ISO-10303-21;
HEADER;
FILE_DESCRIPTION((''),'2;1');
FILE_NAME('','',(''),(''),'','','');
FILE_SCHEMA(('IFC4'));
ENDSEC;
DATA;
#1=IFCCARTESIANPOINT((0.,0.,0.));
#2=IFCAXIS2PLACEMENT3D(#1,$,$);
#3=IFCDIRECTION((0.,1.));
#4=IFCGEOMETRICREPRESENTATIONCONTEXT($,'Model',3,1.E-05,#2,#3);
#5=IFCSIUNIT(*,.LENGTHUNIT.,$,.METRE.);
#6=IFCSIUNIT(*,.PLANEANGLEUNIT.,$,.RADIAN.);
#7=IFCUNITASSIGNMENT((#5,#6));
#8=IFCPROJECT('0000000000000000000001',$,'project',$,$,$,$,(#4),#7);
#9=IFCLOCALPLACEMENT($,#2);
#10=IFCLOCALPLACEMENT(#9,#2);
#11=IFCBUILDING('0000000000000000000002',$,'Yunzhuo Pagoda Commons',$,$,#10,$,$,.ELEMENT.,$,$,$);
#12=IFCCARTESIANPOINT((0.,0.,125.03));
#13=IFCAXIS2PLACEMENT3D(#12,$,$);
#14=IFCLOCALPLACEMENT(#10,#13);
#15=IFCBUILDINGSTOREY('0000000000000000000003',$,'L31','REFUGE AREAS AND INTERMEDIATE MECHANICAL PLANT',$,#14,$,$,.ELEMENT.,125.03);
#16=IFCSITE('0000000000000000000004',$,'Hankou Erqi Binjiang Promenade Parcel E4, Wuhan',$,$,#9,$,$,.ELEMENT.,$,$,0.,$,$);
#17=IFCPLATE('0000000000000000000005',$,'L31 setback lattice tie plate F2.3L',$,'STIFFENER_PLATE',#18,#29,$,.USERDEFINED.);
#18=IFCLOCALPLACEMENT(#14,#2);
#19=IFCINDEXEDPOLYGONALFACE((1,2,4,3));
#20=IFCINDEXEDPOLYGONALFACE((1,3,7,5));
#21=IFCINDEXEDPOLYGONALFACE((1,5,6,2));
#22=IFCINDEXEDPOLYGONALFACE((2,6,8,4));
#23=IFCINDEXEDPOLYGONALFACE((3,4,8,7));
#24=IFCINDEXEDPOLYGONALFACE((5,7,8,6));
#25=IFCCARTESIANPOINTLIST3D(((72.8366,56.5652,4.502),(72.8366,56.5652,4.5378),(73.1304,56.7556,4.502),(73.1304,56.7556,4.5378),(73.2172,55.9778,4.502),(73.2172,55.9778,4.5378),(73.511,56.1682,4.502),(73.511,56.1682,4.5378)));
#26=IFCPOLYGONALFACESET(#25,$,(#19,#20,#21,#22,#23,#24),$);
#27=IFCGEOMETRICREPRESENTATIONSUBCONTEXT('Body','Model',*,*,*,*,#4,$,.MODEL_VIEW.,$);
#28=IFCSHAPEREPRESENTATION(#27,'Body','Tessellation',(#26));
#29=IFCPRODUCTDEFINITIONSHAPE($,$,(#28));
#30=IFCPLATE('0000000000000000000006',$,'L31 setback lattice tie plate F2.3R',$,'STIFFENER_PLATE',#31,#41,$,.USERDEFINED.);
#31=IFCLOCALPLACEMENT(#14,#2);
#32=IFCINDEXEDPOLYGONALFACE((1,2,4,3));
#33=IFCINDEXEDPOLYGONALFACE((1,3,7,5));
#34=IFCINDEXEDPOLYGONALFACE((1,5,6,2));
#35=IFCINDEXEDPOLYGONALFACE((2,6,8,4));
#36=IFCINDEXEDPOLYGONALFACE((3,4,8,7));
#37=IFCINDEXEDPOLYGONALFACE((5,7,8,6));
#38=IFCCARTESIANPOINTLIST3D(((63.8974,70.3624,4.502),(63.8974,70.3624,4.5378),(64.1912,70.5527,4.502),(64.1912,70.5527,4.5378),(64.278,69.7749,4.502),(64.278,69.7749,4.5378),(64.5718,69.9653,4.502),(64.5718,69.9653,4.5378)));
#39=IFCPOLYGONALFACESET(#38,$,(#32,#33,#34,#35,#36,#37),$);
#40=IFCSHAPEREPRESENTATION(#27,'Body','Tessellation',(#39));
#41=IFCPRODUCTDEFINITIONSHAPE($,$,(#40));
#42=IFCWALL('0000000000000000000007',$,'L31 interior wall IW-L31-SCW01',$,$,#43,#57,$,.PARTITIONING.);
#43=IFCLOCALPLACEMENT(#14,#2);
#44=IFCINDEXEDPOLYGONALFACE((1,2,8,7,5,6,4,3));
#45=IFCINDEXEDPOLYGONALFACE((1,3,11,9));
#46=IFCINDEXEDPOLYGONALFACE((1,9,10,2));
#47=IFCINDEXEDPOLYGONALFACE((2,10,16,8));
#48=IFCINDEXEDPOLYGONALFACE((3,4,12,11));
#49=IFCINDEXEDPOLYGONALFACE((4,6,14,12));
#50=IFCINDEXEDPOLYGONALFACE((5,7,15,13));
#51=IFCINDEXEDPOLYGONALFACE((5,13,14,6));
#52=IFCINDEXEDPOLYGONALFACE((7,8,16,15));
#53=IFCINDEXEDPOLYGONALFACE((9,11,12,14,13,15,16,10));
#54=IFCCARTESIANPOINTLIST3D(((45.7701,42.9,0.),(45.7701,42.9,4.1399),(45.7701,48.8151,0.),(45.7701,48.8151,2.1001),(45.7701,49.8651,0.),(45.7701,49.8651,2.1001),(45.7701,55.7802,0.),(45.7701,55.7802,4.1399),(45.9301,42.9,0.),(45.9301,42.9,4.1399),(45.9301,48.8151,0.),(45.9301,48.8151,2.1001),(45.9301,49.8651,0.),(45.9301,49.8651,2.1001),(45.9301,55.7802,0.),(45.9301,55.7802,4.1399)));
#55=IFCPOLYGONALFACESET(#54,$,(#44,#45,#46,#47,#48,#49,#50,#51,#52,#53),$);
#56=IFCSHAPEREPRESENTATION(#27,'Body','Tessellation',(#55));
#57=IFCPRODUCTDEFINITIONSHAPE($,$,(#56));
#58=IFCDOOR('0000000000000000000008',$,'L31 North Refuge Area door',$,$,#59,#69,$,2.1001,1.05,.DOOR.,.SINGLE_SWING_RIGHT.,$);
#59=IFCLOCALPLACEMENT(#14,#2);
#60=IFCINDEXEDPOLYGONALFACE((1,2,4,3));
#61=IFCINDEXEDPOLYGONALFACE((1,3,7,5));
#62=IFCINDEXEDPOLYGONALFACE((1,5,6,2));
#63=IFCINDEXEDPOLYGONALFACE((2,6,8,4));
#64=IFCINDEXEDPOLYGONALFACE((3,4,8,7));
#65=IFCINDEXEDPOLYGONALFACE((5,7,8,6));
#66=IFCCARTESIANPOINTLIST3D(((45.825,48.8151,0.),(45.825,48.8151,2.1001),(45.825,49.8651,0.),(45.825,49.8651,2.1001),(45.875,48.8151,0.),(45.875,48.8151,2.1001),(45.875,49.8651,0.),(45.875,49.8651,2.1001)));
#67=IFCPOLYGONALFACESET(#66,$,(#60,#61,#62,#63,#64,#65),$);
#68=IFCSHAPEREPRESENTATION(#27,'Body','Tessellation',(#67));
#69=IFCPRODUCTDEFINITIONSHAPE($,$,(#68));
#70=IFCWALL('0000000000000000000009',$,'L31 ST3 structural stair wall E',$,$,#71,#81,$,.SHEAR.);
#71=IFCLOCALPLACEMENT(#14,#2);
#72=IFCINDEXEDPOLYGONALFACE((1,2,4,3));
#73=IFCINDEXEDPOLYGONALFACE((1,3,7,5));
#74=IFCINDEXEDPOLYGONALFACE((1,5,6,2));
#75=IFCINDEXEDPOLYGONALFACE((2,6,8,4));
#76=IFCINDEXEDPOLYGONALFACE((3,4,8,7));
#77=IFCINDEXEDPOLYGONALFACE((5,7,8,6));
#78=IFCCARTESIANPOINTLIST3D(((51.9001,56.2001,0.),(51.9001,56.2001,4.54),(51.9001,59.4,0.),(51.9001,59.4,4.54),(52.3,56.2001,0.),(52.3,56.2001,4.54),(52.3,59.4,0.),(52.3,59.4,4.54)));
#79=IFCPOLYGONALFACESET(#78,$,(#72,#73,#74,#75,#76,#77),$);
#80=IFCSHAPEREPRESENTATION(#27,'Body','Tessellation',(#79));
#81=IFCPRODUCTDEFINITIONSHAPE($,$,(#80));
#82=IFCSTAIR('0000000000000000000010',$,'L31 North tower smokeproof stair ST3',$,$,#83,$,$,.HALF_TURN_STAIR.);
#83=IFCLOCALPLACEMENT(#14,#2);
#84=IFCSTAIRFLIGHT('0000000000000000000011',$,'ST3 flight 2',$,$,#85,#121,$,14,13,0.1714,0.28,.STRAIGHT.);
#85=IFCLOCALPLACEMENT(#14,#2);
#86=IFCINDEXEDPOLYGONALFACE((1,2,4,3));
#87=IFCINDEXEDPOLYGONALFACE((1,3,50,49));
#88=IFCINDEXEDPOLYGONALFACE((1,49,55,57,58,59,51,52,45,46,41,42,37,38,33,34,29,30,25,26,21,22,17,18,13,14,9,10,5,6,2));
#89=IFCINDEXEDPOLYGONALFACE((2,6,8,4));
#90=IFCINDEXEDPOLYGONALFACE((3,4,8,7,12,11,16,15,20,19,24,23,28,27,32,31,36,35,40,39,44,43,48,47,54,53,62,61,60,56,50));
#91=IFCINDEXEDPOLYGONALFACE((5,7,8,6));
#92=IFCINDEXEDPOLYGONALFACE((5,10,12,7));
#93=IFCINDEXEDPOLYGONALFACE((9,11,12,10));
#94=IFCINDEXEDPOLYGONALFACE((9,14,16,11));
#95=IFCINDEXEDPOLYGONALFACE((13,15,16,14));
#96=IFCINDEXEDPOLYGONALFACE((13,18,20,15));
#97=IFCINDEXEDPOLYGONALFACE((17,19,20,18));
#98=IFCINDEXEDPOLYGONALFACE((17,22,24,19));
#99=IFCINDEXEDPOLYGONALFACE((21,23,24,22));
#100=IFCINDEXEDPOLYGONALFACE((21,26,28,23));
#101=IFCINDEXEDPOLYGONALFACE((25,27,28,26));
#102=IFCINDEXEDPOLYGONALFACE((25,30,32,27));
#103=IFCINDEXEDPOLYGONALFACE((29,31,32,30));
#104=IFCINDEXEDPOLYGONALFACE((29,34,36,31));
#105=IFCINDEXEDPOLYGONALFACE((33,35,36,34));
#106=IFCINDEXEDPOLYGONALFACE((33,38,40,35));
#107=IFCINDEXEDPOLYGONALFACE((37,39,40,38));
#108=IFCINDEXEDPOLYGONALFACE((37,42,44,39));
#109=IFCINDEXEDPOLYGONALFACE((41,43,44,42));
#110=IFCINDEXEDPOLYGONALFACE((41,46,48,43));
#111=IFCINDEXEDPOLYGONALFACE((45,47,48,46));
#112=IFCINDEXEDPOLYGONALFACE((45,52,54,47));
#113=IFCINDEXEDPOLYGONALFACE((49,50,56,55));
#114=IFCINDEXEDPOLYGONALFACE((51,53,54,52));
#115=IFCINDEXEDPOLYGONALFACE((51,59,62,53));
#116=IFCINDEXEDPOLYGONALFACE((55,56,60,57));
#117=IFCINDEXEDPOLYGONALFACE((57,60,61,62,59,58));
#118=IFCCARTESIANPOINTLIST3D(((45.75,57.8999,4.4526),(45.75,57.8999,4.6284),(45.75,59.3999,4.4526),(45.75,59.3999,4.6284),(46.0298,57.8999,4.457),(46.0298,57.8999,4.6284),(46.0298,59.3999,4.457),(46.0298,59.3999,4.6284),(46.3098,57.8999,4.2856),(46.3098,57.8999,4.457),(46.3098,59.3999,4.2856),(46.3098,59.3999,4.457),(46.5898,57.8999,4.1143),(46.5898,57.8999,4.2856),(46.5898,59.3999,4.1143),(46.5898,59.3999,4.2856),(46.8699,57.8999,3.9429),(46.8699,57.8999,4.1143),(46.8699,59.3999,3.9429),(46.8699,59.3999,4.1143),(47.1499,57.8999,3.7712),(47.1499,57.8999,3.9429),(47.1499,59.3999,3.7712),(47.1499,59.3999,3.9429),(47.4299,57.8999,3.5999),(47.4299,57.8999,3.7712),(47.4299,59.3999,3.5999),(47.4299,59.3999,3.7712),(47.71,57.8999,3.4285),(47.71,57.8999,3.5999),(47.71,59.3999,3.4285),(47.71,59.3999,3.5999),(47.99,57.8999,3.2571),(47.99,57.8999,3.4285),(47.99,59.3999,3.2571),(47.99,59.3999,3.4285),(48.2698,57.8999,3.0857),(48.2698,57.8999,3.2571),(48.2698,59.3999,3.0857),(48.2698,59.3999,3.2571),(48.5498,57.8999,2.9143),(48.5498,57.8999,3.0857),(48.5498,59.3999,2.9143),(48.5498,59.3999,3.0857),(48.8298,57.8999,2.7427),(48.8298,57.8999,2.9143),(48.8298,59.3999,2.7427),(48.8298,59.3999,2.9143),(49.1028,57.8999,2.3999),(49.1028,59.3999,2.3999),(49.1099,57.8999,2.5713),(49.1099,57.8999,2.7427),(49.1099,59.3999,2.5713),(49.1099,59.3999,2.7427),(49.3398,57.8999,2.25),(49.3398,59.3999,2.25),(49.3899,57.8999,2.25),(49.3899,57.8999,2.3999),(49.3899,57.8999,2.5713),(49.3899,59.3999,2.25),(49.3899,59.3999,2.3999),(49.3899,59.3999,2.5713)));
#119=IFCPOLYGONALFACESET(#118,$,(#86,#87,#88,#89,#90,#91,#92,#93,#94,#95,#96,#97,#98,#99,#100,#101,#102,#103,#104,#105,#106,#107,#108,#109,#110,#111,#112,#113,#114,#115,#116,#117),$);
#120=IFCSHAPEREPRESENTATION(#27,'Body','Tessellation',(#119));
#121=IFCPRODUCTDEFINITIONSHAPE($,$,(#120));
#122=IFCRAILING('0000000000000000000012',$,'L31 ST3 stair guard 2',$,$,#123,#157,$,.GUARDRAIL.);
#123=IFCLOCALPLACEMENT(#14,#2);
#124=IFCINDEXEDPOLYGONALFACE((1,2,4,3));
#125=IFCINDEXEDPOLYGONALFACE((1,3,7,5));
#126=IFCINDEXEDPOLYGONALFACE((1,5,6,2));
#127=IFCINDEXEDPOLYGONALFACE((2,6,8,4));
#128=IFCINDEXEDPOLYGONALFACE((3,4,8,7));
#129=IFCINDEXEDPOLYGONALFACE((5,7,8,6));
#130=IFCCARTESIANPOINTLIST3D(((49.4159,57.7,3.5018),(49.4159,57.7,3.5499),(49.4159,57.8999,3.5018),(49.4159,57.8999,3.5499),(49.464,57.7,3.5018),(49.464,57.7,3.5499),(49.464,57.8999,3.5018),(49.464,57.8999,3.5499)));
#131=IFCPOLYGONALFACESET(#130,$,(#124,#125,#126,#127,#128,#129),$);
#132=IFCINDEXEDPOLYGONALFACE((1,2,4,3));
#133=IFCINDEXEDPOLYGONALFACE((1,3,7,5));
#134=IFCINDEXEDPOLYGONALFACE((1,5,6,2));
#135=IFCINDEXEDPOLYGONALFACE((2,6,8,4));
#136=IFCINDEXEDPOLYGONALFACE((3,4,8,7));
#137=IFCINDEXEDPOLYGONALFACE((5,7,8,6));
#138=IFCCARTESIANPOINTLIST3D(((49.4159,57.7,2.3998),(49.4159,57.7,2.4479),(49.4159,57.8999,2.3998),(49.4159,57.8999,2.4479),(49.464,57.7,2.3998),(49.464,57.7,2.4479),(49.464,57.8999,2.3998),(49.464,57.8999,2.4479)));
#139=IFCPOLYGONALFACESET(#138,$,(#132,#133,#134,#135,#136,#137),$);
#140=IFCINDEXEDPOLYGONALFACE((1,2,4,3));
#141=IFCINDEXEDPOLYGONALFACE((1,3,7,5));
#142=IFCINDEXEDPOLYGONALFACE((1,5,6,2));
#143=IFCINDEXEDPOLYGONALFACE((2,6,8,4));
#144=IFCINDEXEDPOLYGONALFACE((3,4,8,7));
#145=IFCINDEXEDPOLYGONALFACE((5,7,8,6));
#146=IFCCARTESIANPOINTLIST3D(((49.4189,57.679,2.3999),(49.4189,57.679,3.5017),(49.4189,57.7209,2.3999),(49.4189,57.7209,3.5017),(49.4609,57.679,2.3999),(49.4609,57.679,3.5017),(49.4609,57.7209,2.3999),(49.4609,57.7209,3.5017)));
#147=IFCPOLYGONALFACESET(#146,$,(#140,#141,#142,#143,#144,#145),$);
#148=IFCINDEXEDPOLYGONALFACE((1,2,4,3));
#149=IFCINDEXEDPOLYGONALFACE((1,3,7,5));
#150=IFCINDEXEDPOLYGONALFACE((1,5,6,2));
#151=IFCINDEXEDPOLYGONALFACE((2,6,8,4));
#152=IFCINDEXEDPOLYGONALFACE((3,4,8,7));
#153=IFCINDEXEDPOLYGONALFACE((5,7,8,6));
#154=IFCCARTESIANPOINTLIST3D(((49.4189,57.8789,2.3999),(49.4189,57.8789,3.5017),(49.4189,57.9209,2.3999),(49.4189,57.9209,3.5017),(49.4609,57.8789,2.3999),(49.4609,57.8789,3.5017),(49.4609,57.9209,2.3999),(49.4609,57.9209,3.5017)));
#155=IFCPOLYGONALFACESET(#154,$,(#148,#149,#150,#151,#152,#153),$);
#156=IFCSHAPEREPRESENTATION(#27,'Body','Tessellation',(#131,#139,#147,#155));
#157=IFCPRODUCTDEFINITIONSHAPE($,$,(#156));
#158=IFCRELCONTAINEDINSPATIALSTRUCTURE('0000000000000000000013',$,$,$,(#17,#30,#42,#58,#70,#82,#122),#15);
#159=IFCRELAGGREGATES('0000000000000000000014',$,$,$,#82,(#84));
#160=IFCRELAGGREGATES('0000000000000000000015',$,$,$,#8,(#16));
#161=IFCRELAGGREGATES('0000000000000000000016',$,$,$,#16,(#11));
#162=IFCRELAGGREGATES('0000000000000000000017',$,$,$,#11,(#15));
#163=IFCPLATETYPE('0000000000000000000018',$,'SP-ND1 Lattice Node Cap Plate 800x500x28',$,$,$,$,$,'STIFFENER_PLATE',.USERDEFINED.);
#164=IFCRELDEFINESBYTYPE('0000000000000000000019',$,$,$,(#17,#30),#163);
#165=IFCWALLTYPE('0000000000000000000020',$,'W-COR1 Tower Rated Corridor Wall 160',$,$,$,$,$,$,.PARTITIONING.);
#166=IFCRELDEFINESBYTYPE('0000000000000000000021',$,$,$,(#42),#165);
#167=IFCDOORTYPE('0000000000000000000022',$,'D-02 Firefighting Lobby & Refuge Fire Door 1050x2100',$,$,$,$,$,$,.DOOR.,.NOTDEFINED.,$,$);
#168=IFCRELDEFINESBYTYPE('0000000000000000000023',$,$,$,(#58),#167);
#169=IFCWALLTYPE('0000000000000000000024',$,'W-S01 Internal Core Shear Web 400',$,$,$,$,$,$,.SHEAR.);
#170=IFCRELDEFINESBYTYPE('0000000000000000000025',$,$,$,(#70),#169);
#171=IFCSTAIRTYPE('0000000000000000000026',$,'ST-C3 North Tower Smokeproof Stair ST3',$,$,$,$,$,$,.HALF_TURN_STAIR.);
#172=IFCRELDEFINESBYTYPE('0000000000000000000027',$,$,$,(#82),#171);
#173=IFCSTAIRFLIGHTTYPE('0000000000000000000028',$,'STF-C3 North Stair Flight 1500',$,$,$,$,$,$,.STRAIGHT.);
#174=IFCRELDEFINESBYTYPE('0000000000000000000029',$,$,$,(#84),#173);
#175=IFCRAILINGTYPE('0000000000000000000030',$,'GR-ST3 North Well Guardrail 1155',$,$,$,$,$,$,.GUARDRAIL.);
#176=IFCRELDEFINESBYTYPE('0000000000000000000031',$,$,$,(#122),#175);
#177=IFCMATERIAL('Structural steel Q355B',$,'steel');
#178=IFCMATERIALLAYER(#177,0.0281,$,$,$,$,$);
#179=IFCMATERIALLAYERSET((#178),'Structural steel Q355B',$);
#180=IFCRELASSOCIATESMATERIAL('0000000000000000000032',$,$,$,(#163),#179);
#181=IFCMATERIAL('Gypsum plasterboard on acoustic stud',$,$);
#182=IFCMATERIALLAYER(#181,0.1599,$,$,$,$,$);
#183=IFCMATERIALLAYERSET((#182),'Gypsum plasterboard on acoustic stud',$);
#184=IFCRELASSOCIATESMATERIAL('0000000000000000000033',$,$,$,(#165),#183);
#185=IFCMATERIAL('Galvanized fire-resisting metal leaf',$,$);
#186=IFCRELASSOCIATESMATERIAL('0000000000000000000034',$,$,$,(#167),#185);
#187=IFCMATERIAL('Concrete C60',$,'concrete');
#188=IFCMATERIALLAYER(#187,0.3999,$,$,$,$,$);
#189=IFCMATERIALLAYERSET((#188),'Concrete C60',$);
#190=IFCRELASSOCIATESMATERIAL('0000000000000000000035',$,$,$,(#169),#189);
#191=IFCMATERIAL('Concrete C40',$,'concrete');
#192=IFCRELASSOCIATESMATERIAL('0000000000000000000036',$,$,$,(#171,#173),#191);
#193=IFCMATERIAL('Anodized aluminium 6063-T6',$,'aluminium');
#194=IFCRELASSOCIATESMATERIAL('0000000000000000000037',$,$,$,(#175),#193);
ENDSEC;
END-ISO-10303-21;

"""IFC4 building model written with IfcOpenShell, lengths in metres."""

from ifc_helpers import new_model, si_unit, direction, frame, frame_2d, origin, origin_with_axes, origin_2d, place, context, subcontext, project, spatial, polyline, rectangle, outline, extrude, source, transform, mapped, material, layer, layer_set, type_object, element, fill, aggregate, save


model = new_model("IFC4")

# Units and contexts
model_context = context("Model", 3, precision=1e-05, world=origin(), true_north=direction((0.0, 1.0)))
body_context = subcontext(model_context, "Body", "Model", "MODEL_VIEW")
ifc_project = project(units=[si_unit("LENGTHUNIT", "METRE"), si_unit("PLANEANGLEUNIT", "RADIAN")], contexts=[model_context])

# Site, building, storey
site_placement = place(None, origin())
site = spatial("IfcSite", under=ifc_project, at=site_placement, Name="Hankou Erqi Binjiang Promenade Parcel E4, Wuhan", CompositionType="ELEMENT", RefElevation=0.0)
building_placement = place(site_placement, origin())
building = spatial("IfcBuilding", under=site, at=building_placement, Name="Yunzhuo Pagoda Commons", CompositionType="ELEMENT")
storey_placement = place(building_placement, frame((0.0, 0.0, 125.03)))
storey = spatial("IfcBuildingStorey", under=building, at=storey_placement, Name="L31", Description="REFUGE AREAS AND INTERMEDIATE MECHANICAL PLANT", CompositionType="ELEMENT", Elevation=125.03)

# Shared definitions
ifc_material_1 = material(Name="Structural steel Q355B", Category="steel")

# Plates
ifc_layer_1 = layer(ifc_material_1, 0.0281)
ifc_layer_set_1 = layer_set([ifc_layer_1], Name="Structural steel Q355B")
plate_type_1 = type_object("IfcPlateType", Name="SP-ND1 Lattice Node Cap Plate 800x500x28", ElementType="STIFFENER_PLATE", PredefinedType="USERDEFINED", material=ifc_layer_set_1)
shared_shape_1 = source(origin(), body_context, "Body", "SweptSolid", [
    extrude(rectangle(XDim=0.7, YDim=0.3501, at=origin_2d()), origin(), (0.0, 0.0, 1.0), 0.0359),
])
for number, where, z_axis, x_axis, name in (
    (1, (73.1738, 56.3667, 4.502), (0.0, 0.0, 1.0), (-0.543746, 0.83925, 0.0), "L31 setback lattice tie plate F2.3L"),
    (2, (64.2346, 70.1638, 4.502), (0.0, 0.0, 1.0), (-0.543746, 0.83925, 0.0), "L31 setback lattice tie plate F2.3R"),
):
    element("IfcPlate", number, at=place(storey_placement, frame(where, z_axis=z_axis, x_axis=x_axis)), inside=storey, type_object=plate_type_1, Name=name, ObjectType="STIFFENER_PLATE", PredefinedType="USERDEFINED", context=body_context, shape_type="MappedRepresentation", body=[
        mapped(shared_shape_1, transform((0.0, 0.0, 0.0), scale=1.0)),
    ])

# Wall, opening, door
ifc_material_2 = material(Name="Gypsum plasterboard on acoustic stud")
ifc_layer_2 = layer(ifc_material_2, 0.1599)
ifc_layer_set_2 = layer_set([ifc_layer_2], Name="Gypsum plasterboard on acoustic stud")
wall_type_1 = type_object("IfcWallType", Name="W-COR1 Tower Rated Corridor Wall 160", PredefinedType="PARTITIONING", material=ifc_layer_set_2)
wall_1_placement = place(storey_placement, frame((45.8501, 55.78, 0.0), z_axis=(0.0, 0.0, 1.0), x_axis=(0.0, -1.0, 0.0)))
wall_1 = element("IfcWall", 3, at=wall_1_placement, inside=storey, type_object=wall_type_1, Name="L31 interior wall IW-L31-SCW01", PredefinedType="PARTITIONING", context=body_context, shape_type="SweptSolid", body=[
    extrude(rectangle(XDim=12.8801, YDim=0.1599, at=frame_2d((6.4399, 0.0))), origin(), (0.0, 0.0, 1.0), 4.1399),
])
opening_placement = place(wall_1_placement, frame((5.915, 0.0, 0.0)))
opening = element("IfcOpeningElement", 4, at=opening_placement, cuts=wall_1, PredefinedType="OPENING", context=body_context, shape_type="SweptSolid", body=[
    extrude(rectangle(XDim=1.05, YDim=2.1001, at=frame_2d((0.5249, 1.05))), frame((0.0, 0.0898, 0.0), z_axis=(0.0, -1.0, 0.0), x_axis=(1.0, 0.0, 0.0)), (0.0, 0.0, 1.0), 0.1799),
])
ifc_material_3 = material(Name="Galvanized fire-resisting metal leaf")
door_type = type_object("IfcDoorType", Name="D-02 Firefighting Lobby & Refuge Fire Door 1050x2100", OperationType="NOTDEFINED", PredefinedType="DOOR", material=ifc_material_3)
shared_shape_2 = source(origin(), body_context, "Body", "SweptSolid", [
    extrude(rectangle(XDim=1.05, YDim=2.1001, at=frame_2d((0.5249, 1.05))), frame((0.0, 0.0249, 0.0), z_axis=(0.0, -1.0, 0.0), x_axis=(1.0, 0.0, 0.0)), (0.0, 0.0, 1.0), 0.05),
])
door_placement = place(opening_placement, origin_with_axes())
door = element("IfcDoor", 5, at=door_placement, inside=storey, type_object=door_type, Name="L31 North Refuge Area door", OperationType="SINGLE_SWING_RIGHT", OverallHeight=2.1001, OverallWidth=1.05, PredefinedType="DOOR", context=body_context, shape_type="MappedRepresentation", body=[
    mapped(shared_shape_2, transform((0.0, 0.0, 0.0), scale=1.0)),
])
fill(opening, door)

# Wall
ifc_material_4 = material(Name="Concrete C60", Category="concrete")
ifc_layer_3 = layer(ifc_material_4, 0.3999)
ifc_layer_set_3 = layer_set([ifc_layer_3], Name="Concrete C60")
wall_type_2 = type_object("IfcWallType", Name="W-S01 Internal Core Shear Web 400", PredefinedType="SHEAR", material=ifc_layer_set_3)
wall_2_placement = place(storey_placement, frame((52.1001, 56.2, 0.0), z_axis=(0.0, 0.0, 1.0), x_axis=(0.0, 1.0, 0.0)))
element("IfcWall", 6, at=wall_2_placement, inside=storey, type_object=wall_type_2, Name="L31 ST3 structural stair wall E", PredefinedType="SHEAR", context=body_context, shape_type="SweptSolid", body=[
    extrude(rectangle(XDim=3.2, YDim=0.3999, at=frame_2d((1.6001, 0.0))), origin(), (0.0, 0.0, 1.0), 4.54),
])

# Stair, stair flight
ifc_material_5 = material(Name="Concrete C40", Category="concrete")
stair_type = type_object("IfcStairType", Name="ST-C3 North Tower Smokeproof Stair ST3", PredefinedType="HALF_TURN_STAIR", material=ifc_material_5)
stair_placement = place(storey_placement, origin())
stair = element("IfcStair", 7, at=stair_placement, inside=storey, type_object=stair_type, Name="L31 North tower smokeproof stair ST3", PredefinedType="HALF_TURN_STAIR")
stair_flight_type = type_object("IfcStairFlightType", Name="STF-C3 North Stair Flight 1500", PredefinedType="STRAIGHT", material=ifc_material_5)
shared_shape_3 = source(origin(), body_context, "Body", "SweptSolid", [
    extrude(outline(polyline([(0.0, -0.1499), (0.0, 0.0), (0.0, 0.1714), (0.28, 0.1714), (0.28, 0.3428), (0.5601, 0.3428), (0.5601, 0.5144), (0.8401, 0.5144), (0.8401, 0.6858), (1.1201, 0.6858), (1.1201, 0.8572), (1.3999, 0.8572), (1.3999, 1.0286), (1.6799, 1.0286), (1.6799, 1.2), (1.96, 1.2), (1.96, 1.3713), (2.24, 1.3713), (2.24, 1.543), (2.52, 1.543), (2.52, 1.7144), (2.8, 1.7144), (2.8, 1.8857), (3.0801, 1.8857), (3.0801, 2.0571), (3.3601, 2.0571), (3.3601, 2.2285), (3.6399, 2.2285), (3.6399, 2.3999), (3.6399, 2.0527), (0.2871, 0.0), (0.05, -0.1499), (0.0, -0.1499)])), frame((0.0, 0.75, 0.0), z_axis=(0.0, -1.0, 0.0), x_axis=(1.0, 0.0, 0.0)), (0.0, 0.0, 1.0), 1.5),
])
stair_flight_placement = place(storey_placement, frame((49.3899, 58.6499, 2.3999), z_axis=(0.0, 0.0, 1.0), x_axis=(-1.0, 0.0, 0.0)))
stair_flight = element("IfcStairFlight", 8, at=stair_flight_placement, type_object=stair_flight_type, Name="ST3 flight 2", NumberOfRisers=14, NumberOfTreads=13, PredefinedType="STRAIGHT", RiserHeight=0.1714, TreadLength=0.28, context=body_context, shape_type="MappedRepresentation", body=[
    mapped(shared_shape_3, transform((0.0, 0.0, 0.0), scale=1.0)),
])
aggregate(stair, [stair_flight])

# Railing
ifc_material_6 = material(Name="Anodized aluminium 6063-T6", Category="aluminium")
railing_type_1 = type_object("IfcRailingType", Name="GR-ST3 North Well Guardrail 1155", PredefinedType="GUARDRAIL", material=ifc_material_6)
railing_1_placement = place(storey_placement, frame((49.4399, 57.7, 2.3999)))
element("IfcRailing", 9, at=railing_1_placement, inside=storey, type_object=railing_type_1, Name="L31 ST3 stair guard 2", PredefinedType="GUARDRAIL", context=body_context, shape_type="SweptSolid", body=[
    extrude(rectangle(XDim=0.0481, YDim=0.0481, at=origin_2d()), frame((0.0, 0.0, 1.126), z_axis=(0.0, 1.0, 0.0), x_axis=(-1.0, 0.0, 0.0)), (0.0, 0.0, 1.0), 0.2),
    extrude(rectangle(XDim=0.0481, YDim=0.0481, at=origin_2d()), frame((0.0, 0.0, 0.0239), z_axis=(0.0, 1.0, 0.0), x_axis=(-1.0, 0.0, 0.0)), (0.0, 0.0, 1.0), 0.2),
    extrude(rectangle(XDim=0.042, YDim=0.042, at=origin_2d()), origin(), (0.0, 0.0, 1.0), 1.1018),
    extrude(rectangle(XDim=0.042, YDim=0.042, at=origin_2d()), frame((0.0, 0.2, 0.0)), (0.0, 0.0, 1.0), 1.1018),
])

save(model, "model.ifc")
